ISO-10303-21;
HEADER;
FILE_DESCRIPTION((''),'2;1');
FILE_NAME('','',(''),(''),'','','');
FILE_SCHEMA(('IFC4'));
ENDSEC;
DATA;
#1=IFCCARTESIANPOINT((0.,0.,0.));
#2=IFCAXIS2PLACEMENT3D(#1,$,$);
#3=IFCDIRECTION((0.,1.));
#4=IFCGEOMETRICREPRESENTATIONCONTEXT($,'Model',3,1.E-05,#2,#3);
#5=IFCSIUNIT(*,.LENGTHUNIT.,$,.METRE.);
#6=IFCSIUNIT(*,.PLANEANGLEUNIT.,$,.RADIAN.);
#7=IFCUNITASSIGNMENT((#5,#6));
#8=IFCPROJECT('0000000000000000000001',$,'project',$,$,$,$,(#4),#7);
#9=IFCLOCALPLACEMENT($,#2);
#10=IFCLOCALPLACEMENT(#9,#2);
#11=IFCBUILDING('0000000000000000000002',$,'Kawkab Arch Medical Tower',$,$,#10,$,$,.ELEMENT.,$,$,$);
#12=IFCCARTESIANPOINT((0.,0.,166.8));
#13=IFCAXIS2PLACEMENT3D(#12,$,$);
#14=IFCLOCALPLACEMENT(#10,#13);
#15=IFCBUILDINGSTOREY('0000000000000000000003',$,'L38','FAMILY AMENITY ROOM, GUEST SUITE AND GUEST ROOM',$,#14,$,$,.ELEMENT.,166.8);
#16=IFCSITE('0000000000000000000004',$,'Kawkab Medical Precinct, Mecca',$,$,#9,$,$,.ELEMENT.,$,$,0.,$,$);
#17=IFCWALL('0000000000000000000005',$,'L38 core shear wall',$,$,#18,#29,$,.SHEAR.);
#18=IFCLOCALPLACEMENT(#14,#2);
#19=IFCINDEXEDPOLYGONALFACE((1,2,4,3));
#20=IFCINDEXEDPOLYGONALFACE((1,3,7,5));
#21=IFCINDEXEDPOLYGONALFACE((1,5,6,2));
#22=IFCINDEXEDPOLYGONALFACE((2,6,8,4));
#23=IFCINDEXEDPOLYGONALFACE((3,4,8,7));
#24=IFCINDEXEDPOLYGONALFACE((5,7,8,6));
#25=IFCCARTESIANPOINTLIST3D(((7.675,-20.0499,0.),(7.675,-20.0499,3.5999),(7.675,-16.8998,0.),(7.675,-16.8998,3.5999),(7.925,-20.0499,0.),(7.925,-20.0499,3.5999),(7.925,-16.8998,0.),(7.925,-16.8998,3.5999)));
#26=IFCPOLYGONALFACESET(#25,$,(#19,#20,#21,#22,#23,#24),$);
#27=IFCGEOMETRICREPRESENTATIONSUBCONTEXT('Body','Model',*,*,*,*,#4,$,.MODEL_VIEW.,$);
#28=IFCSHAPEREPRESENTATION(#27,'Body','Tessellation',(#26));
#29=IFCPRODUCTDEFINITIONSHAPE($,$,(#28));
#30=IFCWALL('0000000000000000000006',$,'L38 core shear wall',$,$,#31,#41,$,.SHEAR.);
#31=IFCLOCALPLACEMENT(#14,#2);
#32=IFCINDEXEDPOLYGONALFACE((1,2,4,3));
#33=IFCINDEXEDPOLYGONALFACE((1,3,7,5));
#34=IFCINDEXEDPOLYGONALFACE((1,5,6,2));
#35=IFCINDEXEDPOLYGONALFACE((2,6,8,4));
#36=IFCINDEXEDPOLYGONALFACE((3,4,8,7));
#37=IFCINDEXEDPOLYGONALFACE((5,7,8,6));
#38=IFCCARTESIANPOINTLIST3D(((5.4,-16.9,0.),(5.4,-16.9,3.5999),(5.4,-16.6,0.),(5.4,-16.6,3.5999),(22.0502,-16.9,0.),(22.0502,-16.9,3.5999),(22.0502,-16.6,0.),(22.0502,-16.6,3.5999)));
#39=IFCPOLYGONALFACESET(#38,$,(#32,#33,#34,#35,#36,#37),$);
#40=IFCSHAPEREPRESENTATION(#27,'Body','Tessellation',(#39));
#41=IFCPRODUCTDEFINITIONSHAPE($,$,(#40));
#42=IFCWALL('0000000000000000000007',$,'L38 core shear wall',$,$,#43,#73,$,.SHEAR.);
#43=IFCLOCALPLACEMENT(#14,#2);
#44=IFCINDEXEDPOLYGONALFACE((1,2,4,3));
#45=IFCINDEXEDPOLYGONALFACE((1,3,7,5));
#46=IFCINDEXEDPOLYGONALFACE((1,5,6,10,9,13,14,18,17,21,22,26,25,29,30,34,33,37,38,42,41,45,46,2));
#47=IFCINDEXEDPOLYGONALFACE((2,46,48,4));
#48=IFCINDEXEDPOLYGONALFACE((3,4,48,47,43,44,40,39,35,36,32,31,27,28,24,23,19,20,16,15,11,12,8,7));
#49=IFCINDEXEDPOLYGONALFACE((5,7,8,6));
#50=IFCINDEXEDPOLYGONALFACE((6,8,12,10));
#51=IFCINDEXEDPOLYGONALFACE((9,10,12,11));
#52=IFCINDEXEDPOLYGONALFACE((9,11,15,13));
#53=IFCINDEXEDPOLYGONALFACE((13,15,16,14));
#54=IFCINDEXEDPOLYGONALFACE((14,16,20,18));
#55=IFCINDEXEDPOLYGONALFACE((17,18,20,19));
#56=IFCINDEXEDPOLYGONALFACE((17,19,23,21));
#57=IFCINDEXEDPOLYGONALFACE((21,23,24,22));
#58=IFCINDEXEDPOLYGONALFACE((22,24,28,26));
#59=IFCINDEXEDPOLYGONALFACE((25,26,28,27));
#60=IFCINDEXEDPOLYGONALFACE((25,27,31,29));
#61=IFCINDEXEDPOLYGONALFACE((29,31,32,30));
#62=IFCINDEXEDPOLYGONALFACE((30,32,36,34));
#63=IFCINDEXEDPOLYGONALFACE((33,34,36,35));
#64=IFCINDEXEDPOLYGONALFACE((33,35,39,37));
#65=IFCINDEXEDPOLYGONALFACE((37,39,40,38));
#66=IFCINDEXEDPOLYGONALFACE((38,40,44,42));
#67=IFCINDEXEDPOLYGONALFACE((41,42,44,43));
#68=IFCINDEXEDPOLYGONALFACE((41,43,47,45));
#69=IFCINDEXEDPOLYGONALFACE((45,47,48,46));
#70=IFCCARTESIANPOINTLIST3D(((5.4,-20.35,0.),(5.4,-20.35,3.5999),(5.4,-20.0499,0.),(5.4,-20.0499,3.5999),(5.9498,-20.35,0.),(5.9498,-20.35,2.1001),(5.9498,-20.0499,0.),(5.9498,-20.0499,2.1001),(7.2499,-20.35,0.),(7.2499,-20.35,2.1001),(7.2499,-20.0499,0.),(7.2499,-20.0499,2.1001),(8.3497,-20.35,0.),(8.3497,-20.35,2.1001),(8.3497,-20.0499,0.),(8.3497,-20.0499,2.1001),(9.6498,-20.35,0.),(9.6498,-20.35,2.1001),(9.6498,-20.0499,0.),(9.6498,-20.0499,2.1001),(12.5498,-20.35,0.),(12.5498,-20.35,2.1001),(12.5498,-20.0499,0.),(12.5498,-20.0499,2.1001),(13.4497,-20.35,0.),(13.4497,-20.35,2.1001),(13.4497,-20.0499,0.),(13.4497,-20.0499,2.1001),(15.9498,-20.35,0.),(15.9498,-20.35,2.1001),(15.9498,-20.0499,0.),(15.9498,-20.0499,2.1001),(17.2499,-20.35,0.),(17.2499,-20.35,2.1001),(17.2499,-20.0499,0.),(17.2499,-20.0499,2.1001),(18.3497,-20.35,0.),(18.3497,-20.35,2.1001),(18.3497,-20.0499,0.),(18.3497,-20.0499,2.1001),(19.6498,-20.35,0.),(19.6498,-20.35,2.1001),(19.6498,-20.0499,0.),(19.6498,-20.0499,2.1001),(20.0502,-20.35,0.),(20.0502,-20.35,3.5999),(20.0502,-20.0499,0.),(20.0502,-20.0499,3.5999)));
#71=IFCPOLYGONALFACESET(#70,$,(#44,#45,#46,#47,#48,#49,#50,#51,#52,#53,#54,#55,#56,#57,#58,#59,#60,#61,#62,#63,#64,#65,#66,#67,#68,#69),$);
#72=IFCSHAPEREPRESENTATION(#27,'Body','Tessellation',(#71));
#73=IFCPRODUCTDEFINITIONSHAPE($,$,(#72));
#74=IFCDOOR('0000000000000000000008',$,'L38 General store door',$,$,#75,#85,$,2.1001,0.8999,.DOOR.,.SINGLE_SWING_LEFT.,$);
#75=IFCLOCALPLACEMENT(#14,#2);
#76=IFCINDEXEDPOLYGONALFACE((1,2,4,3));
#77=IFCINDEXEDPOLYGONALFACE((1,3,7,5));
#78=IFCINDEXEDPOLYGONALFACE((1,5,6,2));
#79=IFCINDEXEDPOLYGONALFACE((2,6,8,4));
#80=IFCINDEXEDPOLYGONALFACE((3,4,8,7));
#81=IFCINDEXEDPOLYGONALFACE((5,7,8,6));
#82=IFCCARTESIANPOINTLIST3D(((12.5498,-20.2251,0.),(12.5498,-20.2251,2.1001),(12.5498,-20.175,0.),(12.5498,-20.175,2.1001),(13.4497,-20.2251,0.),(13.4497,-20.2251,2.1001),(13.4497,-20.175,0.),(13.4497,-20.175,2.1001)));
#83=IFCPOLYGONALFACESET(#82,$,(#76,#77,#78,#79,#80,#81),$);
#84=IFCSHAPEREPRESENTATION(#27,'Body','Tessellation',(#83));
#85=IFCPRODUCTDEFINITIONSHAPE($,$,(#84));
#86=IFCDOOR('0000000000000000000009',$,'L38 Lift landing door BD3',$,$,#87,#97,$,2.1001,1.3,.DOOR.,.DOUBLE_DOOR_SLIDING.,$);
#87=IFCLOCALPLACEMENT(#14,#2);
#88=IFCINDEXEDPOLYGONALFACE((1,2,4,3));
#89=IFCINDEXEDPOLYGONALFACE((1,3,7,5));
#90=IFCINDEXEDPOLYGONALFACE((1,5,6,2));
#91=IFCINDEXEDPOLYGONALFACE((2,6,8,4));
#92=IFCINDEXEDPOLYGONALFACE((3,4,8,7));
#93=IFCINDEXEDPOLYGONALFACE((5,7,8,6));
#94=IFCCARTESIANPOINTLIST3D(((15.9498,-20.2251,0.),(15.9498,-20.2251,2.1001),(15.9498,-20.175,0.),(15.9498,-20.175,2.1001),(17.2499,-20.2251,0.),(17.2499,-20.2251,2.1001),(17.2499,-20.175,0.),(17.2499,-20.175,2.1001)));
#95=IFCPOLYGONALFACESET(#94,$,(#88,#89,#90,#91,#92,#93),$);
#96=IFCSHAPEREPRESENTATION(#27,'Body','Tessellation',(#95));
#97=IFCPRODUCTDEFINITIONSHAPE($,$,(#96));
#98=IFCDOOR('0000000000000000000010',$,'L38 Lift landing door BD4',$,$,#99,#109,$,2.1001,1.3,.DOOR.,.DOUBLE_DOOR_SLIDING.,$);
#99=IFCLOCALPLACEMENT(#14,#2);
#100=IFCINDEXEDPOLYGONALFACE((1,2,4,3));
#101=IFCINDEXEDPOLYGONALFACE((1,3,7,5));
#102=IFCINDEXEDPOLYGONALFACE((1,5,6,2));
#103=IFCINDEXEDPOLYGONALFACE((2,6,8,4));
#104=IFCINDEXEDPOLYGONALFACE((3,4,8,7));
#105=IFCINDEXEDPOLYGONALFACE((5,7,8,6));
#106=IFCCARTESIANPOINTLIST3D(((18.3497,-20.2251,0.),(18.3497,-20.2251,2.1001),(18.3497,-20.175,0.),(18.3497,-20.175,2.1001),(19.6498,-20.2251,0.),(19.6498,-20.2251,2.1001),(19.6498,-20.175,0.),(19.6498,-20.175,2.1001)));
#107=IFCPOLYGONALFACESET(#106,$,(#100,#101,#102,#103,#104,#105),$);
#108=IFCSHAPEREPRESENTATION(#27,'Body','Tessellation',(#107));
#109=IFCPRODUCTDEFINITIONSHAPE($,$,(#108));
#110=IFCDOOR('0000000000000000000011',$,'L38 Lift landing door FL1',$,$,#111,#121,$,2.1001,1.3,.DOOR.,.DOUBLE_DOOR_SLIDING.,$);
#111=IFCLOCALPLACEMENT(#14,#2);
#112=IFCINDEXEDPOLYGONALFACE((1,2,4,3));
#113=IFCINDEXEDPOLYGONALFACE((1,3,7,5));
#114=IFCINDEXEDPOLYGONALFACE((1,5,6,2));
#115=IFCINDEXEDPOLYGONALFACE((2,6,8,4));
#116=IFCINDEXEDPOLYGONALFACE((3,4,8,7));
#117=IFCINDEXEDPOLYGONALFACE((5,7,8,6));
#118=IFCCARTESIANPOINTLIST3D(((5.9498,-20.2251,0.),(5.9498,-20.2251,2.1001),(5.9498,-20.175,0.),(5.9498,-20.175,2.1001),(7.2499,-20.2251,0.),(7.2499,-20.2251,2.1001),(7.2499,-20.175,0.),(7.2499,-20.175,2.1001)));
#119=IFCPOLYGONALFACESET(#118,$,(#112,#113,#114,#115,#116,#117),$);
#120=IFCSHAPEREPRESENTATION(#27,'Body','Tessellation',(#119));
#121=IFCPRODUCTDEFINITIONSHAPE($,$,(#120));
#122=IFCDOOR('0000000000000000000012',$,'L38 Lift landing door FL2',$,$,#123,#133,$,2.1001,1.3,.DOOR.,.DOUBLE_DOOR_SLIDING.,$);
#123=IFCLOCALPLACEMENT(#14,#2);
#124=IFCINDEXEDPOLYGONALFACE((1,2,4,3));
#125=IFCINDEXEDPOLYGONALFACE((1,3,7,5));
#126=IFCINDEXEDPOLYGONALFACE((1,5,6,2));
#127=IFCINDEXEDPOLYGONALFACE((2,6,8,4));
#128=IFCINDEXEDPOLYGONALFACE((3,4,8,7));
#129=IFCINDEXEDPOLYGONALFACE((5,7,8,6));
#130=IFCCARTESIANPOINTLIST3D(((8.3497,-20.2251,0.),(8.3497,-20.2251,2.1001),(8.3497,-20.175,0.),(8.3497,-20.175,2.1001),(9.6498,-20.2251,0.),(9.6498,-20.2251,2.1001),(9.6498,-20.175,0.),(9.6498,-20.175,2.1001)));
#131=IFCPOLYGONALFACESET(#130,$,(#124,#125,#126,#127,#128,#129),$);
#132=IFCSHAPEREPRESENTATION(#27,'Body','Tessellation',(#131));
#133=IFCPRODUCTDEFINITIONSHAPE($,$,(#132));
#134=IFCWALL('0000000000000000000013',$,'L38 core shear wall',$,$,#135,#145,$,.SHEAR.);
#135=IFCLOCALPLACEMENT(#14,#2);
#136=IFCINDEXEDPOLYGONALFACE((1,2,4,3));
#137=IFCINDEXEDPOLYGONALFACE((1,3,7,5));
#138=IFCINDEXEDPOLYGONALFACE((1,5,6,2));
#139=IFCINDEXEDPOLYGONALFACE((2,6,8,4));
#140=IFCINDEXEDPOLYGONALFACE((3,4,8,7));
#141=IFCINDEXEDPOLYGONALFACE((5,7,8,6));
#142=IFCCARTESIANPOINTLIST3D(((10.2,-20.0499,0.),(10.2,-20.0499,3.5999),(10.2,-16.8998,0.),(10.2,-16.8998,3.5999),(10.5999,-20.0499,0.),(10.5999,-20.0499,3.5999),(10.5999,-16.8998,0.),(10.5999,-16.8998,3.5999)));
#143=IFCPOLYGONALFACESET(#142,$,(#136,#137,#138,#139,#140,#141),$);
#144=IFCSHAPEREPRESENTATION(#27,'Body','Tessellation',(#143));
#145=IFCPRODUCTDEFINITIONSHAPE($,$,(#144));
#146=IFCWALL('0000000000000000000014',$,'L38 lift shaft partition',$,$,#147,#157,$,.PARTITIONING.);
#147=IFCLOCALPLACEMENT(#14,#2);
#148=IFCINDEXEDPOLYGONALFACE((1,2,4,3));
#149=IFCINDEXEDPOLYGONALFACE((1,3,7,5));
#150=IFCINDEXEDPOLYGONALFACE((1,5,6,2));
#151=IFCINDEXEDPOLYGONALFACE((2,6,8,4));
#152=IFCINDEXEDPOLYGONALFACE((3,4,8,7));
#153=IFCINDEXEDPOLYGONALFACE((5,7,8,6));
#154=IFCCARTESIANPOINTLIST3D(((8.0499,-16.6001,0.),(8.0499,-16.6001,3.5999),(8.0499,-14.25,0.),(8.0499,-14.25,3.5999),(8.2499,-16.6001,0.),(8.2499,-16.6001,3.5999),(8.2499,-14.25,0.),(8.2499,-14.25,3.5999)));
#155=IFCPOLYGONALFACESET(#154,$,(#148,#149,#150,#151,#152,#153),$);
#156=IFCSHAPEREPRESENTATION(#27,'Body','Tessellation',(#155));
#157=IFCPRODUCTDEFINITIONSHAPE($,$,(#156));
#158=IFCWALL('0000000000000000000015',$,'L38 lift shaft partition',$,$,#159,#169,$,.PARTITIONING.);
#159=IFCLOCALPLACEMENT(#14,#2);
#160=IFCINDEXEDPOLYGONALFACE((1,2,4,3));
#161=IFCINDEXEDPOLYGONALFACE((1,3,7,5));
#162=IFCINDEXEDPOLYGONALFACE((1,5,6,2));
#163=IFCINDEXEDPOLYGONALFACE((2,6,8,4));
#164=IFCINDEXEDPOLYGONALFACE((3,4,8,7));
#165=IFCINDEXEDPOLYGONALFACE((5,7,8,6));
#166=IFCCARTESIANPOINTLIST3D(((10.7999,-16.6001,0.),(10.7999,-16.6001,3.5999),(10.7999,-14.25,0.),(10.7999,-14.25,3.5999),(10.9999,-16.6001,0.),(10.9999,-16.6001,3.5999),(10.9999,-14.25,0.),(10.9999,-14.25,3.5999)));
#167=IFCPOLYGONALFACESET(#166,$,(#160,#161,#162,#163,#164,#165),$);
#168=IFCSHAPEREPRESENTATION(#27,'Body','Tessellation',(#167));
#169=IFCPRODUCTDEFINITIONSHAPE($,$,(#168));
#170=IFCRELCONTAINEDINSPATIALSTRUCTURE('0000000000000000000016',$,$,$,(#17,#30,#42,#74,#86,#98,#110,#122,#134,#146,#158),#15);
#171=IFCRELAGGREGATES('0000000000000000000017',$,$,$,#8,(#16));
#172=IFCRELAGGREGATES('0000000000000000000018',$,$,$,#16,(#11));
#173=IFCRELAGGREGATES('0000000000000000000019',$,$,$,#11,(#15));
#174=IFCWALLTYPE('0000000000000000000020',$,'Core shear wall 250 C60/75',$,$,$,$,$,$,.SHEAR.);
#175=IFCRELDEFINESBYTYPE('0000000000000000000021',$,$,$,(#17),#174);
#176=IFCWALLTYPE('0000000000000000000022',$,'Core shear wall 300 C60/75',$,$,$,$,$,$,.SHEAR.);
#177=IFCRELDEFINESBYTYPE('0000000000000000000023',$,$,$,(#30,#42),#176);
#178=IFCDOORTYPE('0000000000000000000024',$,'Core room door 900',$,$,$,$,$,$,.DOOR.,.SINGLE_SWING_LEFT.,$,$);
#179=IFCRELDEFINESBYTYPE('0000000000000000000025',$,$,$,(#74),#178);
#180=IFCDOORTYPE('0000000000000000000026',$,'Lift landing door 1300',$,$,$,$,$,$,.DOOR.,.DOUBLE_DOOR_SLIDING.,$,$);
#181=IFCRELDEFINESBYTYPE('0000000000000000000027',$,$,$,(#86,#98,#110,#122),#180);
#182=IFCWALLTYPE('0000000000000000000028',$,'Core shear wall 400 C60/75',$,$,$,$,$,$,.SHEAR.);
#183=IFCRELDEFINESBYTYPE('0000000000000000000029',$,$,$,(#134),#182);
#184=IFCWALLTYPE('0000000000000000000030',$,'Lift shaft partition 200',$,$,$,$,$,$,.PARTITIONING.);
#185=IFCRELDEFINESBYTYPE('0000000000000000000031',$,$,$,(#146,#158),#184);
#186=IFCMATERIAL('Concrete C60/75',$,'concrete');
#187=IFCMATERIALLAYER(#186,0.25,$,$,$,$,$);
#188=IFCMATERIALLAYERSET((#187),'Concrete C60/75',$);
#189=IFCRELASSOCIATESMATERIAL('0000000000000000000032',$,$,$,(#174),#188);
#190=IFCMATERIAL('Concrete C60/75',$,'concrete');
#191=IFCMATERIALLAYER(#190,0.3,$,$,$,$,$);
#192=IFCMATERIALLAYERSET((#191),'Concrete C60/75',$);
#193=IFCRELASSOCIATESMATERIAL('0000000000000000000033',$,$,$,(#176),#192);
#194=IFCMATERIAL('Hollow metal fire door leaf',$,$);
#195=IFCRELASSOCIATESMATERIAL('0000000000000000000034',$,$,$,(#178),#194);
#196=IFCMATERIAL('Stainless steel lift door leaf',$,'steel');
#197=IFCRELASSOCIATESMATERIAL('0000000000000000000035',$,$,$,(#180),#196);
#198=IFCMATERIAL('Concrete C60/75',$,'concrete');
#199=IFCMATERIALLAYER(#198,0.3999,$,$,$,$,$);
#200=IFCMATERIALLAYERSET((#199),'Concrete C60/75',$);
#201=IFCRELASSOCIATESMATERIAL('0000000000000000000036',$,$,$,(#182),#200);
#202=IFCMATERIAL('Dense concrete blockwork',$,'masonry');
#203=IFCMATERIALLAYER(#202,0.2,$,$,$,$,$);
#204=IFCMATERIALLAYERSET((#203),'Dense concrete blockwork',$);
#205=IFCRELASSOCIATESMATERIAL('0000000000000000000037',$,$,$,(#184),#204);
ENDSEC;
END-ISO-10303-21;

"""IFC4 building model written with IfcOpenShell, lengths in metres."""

from ifc_helpers import new_model, si_unit, direction, frame, frame_2d, origin, place, context, subcontext, project, spatial, rectangle, extrude, material, layer, layer_set, type_object, element, fill, save


model = new_model("IFC4")

# Units and contexts
model_context = context("Model", 3, precision=1e-05, world=origin(), true_north=direction((0.0, 1.0)))
body_context = subcontext(model_context, "Body", "Model", "MODEL_VIEW")
ifc_project = project(units=[si_unit("LENGTHUNIT", "METRE"), si_unit("PLANEANGLEUNIT", "RADIAN")], contexts=[model_context])

# Site, building, storey
site_placement = place(None, origin())
site = spatial("IfcSite", under=ifc_project, at=site_placement, Name="Kawkab Medical Precinct, Mecca", CompositionType="ELEMENT", RefElevation=0.0)
building_placement = place(site_placement, origin())
building = spatial("IfcBuilding", under=site, at=building_placement, Name="Kawkab Arch Medical Tower", CompositionType="ELEMENT")
storey_placement = place(building_placement, frame((0.0, 0.0, 166.8)))
storey = spatial("IfcBuildingStorey", under=building, at=storey_placement, Name="L38", Description="FAMILY AMENITY ROOM, GUEST SUITE AND GUEST ROOM", CompositionType="ELEMENT", Elevation=166.8)

# Walls
ifc_material_1 = material(Name="Concrete C60/75", Category="concrete")
ifc_layer_1 = layer(ifc_material_1, 0.25)
ifc_layer_set_1 = layer_set([ifc_layer_1], Name="Concrete C60/75")
wall_type_1 = type_object("IfcWallType", Name="Core shear wall 250 C60/75", PredefinedType="SHEAR", material=ifc_layer_set_1)
wall_1_placement = place(storey_placement, frame((7.8, -20.05, 0.0), z_axis=(0.0, 0.0, 1.0), x_axis=(0.0, 1.0, 0.0)))
element("IfcWall", 1, at=wall_1_placement, inside=storey, type_object=wall_type_1, Name="L38 core shear wall", PredefinedType="SHEAR", context=body_context, shape_type="SweptSolid", body=[
    extrude(rectangle(XDim=3.1501, YDim=0.25, at=frame_2d((1.5752, 0.0))), origin(), (0.0, 0.0, 1.0), 3.5999),
])
ifc_material_2 = material(Name="Concrete C60/75", Category="concrete")
ifc_layer_2 = layer(ifc_material_2, 0.3)
ifc_layer_set_2 = layer_set([ifc_layer_2], Name="Concrete C60/75")
wall_type_2 = type_object("IfcWallType", Name="Core shear wall 300 C60/75", PredefinedType="SHEAR", material=ifc_layer_set_2)
wall_2_placement = place(storey_placement, frame((5.3999, -16.75, 0.0), z_axis=(0.0, 0.0, 1.0), x_axis=(1.0, 0.0, 0.0)))
element("IfcWall", 2, at=wall_2_placement, inside=storey, type_object=wall_type_2, Name="L38 core shear wall", PredefinedType="SHEAR", context=body_context, shape_type="SweptSolid", body=[
    extrude(rectangle(XDim=16.6501, YDim=0.3, at=frame_2d((8.3252, 0.0))), origin(), (0.0, 0.0, 1.0), 3.5999),
])

# Wall, openings, doors
wall_3_placement = place(storey_placement, frame((5.3999, -20.2, 0.0), z_axis=(0.0, 0.0, 1.0), x_axis=(1.0, 0.0, 0.0)))
wall_3 = element("IfcWall", 3, at=wall_3_placement, inside=storey, type_object=wall_type_2, Name="L38 core shear wall", PredefinedType="SHEAR", context=body_context, shape_type="SweptSolid", body=[
    extrude(rectangle(XDim=14.6501, YDim=0.3, at=frame_2d((7.3252, 0.0))), origin(), (0.0, 0.0, 1.0), 3.5999),
])
opening_1_placement = place(wall_3_placement, frame((10.55, 0.0, 0.0)))
opening_1 = element("IfcOpeningElement", 4, at=opening_1_placement, cuts=wall_3, PredefinedType="OPENING", context=body_context, shape_type="SweptSolid", body=[
    extrude(rectangle(XDim=1.3, YDim=2.1001, at=frame_2d((0.6499, 1.05))), frame((0.0, 0.1599, 0.0), z_axis=(0.0, -1.0, 0.0), x_axis=(1.0, 0.0, 0.0)), (0.0, 0.0, 1.0), 0.3201),
])
opening_2_placement = place(wall_3_placement, frame((12.95, 0.0, 0.0)))
opening_2 = element("IfcOpeningElement", 5, at=opening_2_placement, cuts=wall_3, PredefinedType="OPENING", context=body_context, shape_type="SweptSolid", body=[
    extrude(rectangle(XDim=1.3, YDim=2.1001, at=frame_2d((0.6499, 1.05))), frame((0.0, 0.1599, 0.0), z_axis=(0.0, -1.0, 0.0), x_axis=(1.0, 0.0, 0.0)), (0.0, 0.0, 1.0), 0.3201),
])
opening_3_placement = place(wall_3_placement, frame((0.55, 0.0, 0.0)))
opening_3 = element("IfcOpeningElement", 6, at=opening_3_placement, cuts=wall_3, PredefinedType="OPENING", context=body_context, shape_type="SweptSolid", body=[
    extrude(rectangle(XDim=1.3, YDim=2.1001, at=frame_2d((0.6499, 1.05))), frame((0.0, 0.1599, 0.0), z_axis=(0.0, -1.0, 0.0), x_axis=(1.0, 0.0, 0.0)), (0.0, 0.0, 1.0), 0.3201),
])
opening_4_placement = place(wall_3_placement, frame((2.95, 0.0, 0.0)))
opening_4 = element("IfcOpeningElement", 7, at=opening_4_placement, cuts=wall_3, PredefinedType="OPENING", context=body_context, shape_type="SweptSolid", body=[
    extrude(rectangle(XDim=1.3, YDim=2.1001, at=frame_2d((0.6499, 1.05))), frame((0.0, 0.1599, 0.0), z_axis=(0.0, -1.0, 0.0), x_axis=(1.0, 0.0, 0.0)), (0.0, 0.0, 1.0), 0.3201),
])
opening_5_placement = place(wall_3_placement, frame((7.1499, 0.0, 0.0)))
opening_5 = element("IfcOpeningElement", 8, at=opening_5_placement, cuts=wall_3, PredefinedType="OPENING", context=body_context, shape_type="SweptSolid", body=[
    extrude(rectangle(XDim=0.8999, YDim=2.1001, at=frame_2d((0.45, 1.05))), frame((0.0, 0.1599, 0.0), z_axis=(0.0, -1.0, 0.0), x_axis=(1.0, 0.0, 0.0)), (0.0, 0.0, 1.0), 0.3201),
])
ifc_material_3 = material(Name="Hollow metal fire door leaf")
door_type_1 = type_object("IfcDoorType", Name="Core room door 900", OperationType="SINGLE_SWING_LEFT", PredefinedType="DOOR", material=ifc_material_3)
door_1_placement = place(opening_5_placement, origin())
door_1 = element("IfcDoor", 9, at=door_1_placement, inside=storey, type_object=door_type_1, Name="L38 General store door", OperationType="SINGLE_SWING_LEFT", OverallHeight=2.1001, OverallWidth=0.8999, PredefinedType="DOOR", context=body_context, shape_type="SweptSolid", body=[
    extrude(rectangle(XDim=0.8999, YDim=2.1001, at=frame_2d((0.45, 1.05))), frame((0.0, 0.0249, 0.0), z_axis=(0.0, -1.0, 0.0), x_axis=(1.0, 0.0, 0.0)), (0.0, 0.0, 1.0), 0.05),
])
fill(opening_5, door_1)
ifc_material_4 = material(Name="Stainless steel lift door leaf", Category="steel")
door_type_2 = type_object("IfcDoorType", Name="Lift landing door 1300", OperationType="DOUBLE_DOOR_SLIDING", PredefinedType="DOOR", material=ifc_material_4)
door_2_placement = place(opening_1_placement, origin())
door_2 = element("IfcDoor", 10, at=door_2_placement, inside=storey, type_object=door_type_2, Name="L38 Lift landing door BD3", OperationType="DOUBLE_DOOR_SLIDING", OverallHeight=2.1001, OverallWidth=1.3, PredefinedType="DOOR", context=body_context, shape_type="SweptSolid", body=[
    extrude(rectangle(XDim=1.3, YDim=2.1001, at=frame_2d((0.6499, 1.05))), frame((0.0, 0.0249, 0.0), z_axis=(0.0, -1.0, 0.0), x_axis=(1.0, 0.0, 0.0)), (0.0, 0.0, 1.0), 0.05),
])
fill(opening_1, door_2)
door_3_placement = place(opening_2_placement, origin())
door_3 = element("IfcDoor", 11, at=door_3_placement, inside=storey, type_object=door_type_2, Name="L38 Lift landing door BD4", OperationType="DOUBLE_DOOR_SLIDING", OverallHeight=2.1001, OverallWidth=1.3, PredefinedType="DOOR", context=body_context, shape_type="SweptSolid", body=[
    extrude(rectangle(XDim=1.3, YDim=2.1001, at=frame_2d((0.6499, 1.05))), frame((0.0, 0.0249, 0.0), z_axis=(0.0, -1.0, 0.0), x_axis=(1.0, 0.0, 0.0)), (0.0, 0.0, 1.0), 0.05),
])
fill(opening_2, door_3)
door_4_placement = place(opening_3_placement, origin())
door_4 = element("IfcDoor", 12, at=door_4_placement, inside=storey, type_object=door_type_2, Name="L38 Lift landing door FL1", OperationType="DOUBLE_DOOR_SLIDING", OverallHeight=2.1001, OverallWidth=1.3, PredefinedType="DOOR", context=body_context, shape_type="SweptSolid", body=[
    extrude(rectangle(XDim=1.3, YDim=2.1001, at=frame_2d((0.6499, 1.05))), frame((0.0, 0.0249, 0.0), z_axis=(0.0, -1.0, 0.0), x_axis=(1.0, 0.0, 0.0)), (0.0, 0.0, 1.0), 0.05),
])
fill(opening_3, door_4)
door_5_placement = place(opening_4_placement, origin())
door_5 = element("IfcDoor", 13, at=door_5_placement, inside=storey, type_object=door_type_2, Name="L38 Lift landing door FL2", OperationType="DOUBLE_DOOR_SLIDING", OverallHeight=2.1001, OverallWidth=1.3, PredefinedType="DOOR", context=body_context, shape_type="SweptSolid", body=[
    extrude(rectangle(XDim=1.3, YDim=2.1001, at=frame_2d((0.6499, 1.05))), frame((0.0, 0.0249, 0.0), z_axis=(0.0, -1.0, 0.0), x_axis=(1.0, 0.0, 0.0)), (0.0, 0.0, 1.0), 0.05),
])
fill(opening_4, door_5)

# Walls
ifc_material_5 = material(Name="Concrete C60/75", Category="concrete")
ifc_layer_3 = layer(ifc_material_5, 0.3999)
ifc_layer_set_3 = layer_set([ifc_layer_3], Name="Concrete C60/75")
wall_type_3 = type_object("IfcWallType", Name="Core shear wall 400 C60/75", PredefinedType="SHEAR", material=ifc_layer_set_3)
wall_4_placement = place(storey_placement, frame((10.3999, -20.05, 0.0), z_axis=(0.0, 0.0, 1.0), x_axis=(0.0, 1.0, 0.0)))
element("IfcWall", 14, at=wall_4_placement, inside=storey, type_object=wall_type_3, Name="L38 core shear wall", PredefinedType="SHEAR", context=body_context, shape_type="SweptSolid", body=[
    extrude(rectangle(XDim=3.1501, YDim=0.3999, at=frame_2d((1.5752, 0.0))), origin(), (0.0, 0.0, 1.0), 3.5999),
])
ifc_material_6 = material(Name="Dense concrete blockwork", Category="masonry")
ifc_layer_4 = layer(ifc_material_6, 0.2)
ifc_layer_set_4 = layer_set([ifc_layer_4], Name="Dense concrete blockwork")
wall_type_4 = type_object("IfcWallType", Name="Lift shaft partition 200", PredefinedType="PARTITIONING", material=ifc_layer_set_4)
for number, where, z_axis, x_axis, name in (
    (15, (8.1499, -16.6001, 0.0), (0.0, 0.0, 1.0), (0.0, 1.0, 0.0), "L38 lift shaft partition"),
    (16, (10.8999, -16.6001, 0.0), (0.0, 0.0, 1.0), (0.0, 1.0, 0.0), "L38 lift shaft partition"),
):
    element("IfcWall", number, at=place(storey_placement, frame(where, z_axis=z_axis, x_axis=x_axis)), inside=storey, type_object=wall_type_4, Name=name, PredefinedType="PARTITIONING", context=body_context, shape_type="SweptSolid", body=[
        extrude(rectangle(XDim=2.3501, YDim=0.2, at=frame_2d((1.175, 0.0))), origin(), (0.0, 0.0, 1.0), 3.5999),
    ])

save(model, "model.ifc")
